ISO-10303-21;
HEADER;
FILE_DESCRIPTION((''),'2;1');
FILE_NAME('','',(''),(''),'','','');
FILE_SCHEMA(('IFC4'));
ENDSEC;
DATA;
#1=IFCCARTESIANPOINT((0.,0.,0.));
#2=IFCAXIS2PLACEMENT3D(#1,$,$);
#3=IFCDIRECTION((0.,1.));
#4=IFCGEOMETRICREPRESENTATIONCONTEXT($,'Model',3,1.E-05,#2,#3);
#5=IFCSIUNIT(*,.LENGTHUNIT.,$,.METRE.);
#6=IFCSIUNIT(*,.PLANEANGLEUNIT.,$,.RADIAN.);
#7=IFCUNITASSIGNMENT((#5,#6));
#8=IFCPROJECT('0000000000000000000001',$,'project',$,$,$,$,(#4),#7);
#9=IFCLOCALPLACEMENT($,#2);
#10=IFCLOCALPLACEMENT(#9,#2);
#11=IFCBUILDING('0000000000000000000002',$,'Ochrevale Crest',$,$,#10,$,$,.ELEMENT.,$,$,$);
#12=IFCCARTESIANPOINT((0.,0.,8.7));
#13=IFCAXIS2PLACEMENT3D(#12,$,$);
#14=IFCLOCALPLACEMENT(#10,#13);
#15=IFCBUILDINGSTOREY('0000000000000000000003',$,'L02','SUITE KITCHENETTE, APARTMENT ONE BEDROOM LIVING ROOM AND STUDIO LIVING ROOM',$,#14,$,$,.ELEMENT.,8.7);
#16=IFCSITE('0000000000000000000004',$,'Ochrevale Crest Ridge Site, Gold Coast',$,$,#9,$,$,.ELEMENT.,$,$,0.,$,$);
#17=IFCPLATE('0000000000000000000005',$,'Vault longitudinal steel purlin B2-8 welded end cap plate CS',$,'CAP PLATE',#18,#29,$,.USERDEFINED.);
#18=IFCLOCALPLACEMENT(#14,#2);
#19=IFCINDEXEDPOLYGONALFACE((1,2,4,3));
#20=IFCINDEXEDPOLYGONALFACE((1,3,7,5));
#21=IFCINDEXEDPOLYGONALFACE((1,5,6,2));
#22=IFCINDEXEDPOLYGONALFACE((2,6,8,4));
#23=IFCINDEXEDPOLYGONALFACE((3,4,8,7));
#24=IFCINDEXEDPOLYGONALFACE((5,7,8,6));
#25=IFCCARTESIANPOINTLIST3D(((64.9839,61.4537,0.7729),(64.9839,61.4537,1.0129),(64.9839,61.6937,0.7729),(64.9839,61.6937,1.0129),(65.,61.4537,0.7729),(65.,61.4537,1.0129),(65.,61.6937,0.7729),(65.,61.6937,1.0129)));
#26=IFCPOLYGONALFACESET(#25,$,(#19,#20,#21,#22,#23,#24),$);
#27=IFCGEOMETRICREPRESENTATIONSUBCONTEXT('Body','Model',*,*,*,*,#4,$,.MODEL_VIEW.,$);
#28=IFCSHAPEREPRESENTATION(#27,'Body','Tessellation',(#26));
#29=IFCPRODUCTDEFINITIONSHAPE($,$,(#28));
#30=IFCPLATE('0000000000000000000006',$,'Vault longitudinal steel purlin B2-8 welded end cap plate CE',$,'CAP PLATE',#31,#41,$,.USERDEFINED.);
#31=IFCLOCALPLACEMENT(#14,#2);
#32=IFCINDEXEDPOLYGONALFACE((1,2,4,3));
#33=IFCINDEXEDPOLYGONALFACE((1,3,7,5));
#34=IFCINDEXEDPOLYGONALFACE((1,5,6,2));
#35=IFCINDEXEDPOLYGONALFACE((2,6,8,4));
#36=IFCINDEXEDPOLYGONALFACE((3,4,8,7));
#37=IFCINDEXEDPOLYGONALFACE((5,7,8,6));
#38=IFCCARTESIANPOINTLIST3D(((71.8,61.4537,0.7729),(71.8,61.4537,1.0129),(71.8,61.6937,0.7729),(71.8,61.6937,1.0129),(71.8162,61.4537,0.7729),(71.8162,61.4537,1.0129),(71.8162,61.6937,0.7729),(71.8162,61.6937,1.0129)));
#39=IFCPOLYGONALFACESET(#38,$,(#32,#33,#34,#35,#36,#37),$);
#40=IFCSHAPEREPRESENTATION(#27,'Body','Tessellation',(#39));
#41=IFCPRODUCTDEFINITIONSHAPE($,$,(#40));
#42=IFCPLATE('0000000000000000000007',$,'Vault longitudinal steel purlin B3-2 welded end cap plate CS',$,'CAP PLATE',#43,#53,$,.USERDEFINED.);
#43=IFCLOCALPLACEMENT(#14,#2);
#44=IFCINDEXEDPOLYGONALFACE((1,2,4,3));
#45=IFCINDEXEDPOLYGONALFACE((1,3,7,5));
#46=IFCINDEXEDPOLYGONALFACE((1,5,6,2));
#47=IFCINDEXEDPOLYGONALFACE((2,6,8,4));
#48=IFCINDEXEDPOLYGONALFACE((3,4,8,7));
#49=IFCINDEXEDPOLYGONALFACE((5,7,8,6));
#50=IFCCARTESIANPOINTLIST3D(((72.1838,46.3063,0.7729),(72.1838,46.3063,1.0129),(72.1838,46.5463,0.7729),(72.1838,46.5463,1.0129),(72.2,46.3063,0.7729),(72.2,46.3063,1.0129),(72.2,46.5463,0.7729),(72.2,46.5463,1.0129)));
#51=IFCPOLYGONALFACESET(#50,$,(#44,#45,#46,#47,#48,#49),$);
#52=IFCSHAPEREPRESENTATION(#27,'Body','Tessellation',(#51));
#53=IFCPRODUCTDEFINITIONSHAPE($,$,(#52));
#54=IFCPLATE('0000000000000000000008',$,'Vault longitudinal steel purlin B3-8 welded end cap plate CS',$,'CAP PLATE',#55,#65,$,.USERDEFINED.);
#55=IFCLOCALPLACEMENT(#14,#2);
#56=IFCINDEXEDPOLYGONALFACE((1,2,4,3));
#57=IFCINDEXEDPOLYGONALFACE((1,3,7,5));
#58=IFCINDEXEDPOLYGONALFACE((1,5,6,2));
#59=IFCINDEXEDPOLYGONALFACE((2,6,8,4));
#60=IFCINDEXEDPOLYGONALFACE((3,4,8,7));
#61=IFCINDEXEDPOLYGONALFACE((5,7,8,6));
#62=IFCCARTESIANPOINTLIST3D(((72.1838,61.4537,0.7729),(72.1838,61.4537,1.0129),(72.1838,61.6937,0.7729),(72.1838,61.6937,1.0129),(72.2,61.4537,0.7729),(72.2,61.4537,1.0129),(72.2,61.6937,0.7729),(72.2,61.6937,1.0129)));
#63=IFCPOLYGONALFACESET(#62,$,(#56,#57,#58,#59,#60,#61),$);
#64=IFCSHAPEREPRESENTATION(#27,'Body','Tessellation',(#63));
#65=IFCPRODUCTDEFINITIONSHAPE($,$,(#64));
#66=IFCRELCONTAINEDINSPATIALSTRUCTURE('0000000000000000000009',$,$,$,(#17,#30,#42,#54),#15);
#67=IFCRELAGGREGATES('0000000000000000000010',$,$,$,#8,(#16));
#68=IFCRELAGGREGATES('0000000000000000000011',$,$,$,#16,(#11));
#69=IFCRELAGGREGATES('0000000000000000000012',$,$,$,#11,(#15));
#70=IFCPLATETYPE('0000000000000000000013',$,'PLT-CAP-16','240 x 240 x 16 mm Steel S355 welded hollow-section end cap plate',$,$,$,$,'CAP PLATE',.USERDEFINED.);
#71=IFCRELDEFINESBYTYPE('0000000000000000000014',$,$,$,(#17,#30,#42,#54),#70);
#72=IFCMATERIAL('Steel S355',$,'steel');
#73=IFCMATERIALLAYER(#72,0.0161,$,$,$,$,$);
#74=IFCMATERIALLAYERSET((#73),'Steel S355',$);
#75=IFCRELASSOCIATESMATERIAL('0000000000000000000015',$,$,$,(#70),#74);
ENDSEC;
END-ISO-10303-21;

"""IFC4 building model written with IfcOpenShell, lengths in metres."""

from ifc_helpers import new_model, si_unit, direction, frame, origin, origin_2d, place, context, subcontext, project, spatial, rectangle, extrude, material, layer, layer_set, type_object, element, save


model = new_model("IFC4")

# Units and contexts
model_context = context("Model", 3, precision=1e-05, world=origin(), true_north=direction((0.0, 1.0)))
body_context = subcontext(model_context, "Body", "Model", "MODEL_VIEW")
ifc_project = project(units=[si_unit("LENGTHUNIT", "METRE"), si_unit("PLANEANGLEUNIT", "RADIAN")], contexts=[model_context])

# Site, building, storey
site_placement = place(None, origin())
site = spatial("IfcSite", under=ifc_project, at=site_placement, Name="Ochrevale Crest Ridge Site, Gold Coast", CompositionType="ELEMENT", RefElevation=0.0)
building_placement = place(site_placement, origin())
building = spatial("IfcBuilding", under=site, at=building_placement, Name="Ochrevale Crest", CompositionType="ELEMENT")
storey_placement = place(building_placement, frame((0.0, 0.0, 8.7)))
storey = spatial("IfcBuildingStorey", under=building, at=storey_placement, Name="L02", Description="SUITE KITCHENETTE, APARTMENT ONE BEDROOM LIVING ROOM AND STUDIO LIVING ROOM", CompositionType="ELEMENT", Elevation=8.7)

# Shared definitions
ifc_material_1 = material(Name="Steel S355", Category="steel")

# Plates
ifc_layer = layer(ifc_material_1, 0.0161)
ifc_layer_set = layer_set([ifc_layer], Name="Steel S355")
plate_type = type_object("IfcPlateType", Name="PLT-CAP-16", Description="240 x 240 x 16 mm Steel S355 welded hollow-section end cap plate", ElementType="CAP PLATE", PredefinedType="USERDEFINED", material=ifc_layer_set)
for number, where, z_axis, x_axis, name in (
    (1, (64.9919, 61.5737, 0.7729), (0.0, 0.0, 1.0), (1.0, 0.0, 0.0), "Vault longitudinal steel purlin B2-8 welded end cap plate CS"),
    (2, (71.8081, 61.5737, 0.7729), (0.0, 0.0, 1.0), (1.0, 0.0, 0.0), "Vault longitudinal steel purlin B2-8 welded end cap plate CE"),
    (3, (72.1919, 46.4263, 0.7729), (0.0, 0.0, 1.0), (1.0, 0.0, 0.0), "Vault longitudinal steel purlin B3-2 welded end cap plate CS"),
    (4, (72.1919, 61.5737, 0.7729), (0.0, 0.0, 1.0), (1.0, 0.0, 0.0), "Vault longitudinal steel purlin B3-8 welded end cap plate CS"),
):
    element("IfcPlate", number, at=place(storey_placement, frame(where, z_axis=z_axis, x_axis=x_axis)), inside=storey, type_object=plate_type, Name=name, ObjectType="CAP PLATE", PredefinedType="USERDEFINED", context=body_context, shape_type="SweptSolid", body=[
        extrude(rectangle(XDim=0.0161, YDim=0.24, at=origin_2d()), origin(), (0.0, 0.0, 1.0), 0.24),
    ])

save(model, "model.ifc")
